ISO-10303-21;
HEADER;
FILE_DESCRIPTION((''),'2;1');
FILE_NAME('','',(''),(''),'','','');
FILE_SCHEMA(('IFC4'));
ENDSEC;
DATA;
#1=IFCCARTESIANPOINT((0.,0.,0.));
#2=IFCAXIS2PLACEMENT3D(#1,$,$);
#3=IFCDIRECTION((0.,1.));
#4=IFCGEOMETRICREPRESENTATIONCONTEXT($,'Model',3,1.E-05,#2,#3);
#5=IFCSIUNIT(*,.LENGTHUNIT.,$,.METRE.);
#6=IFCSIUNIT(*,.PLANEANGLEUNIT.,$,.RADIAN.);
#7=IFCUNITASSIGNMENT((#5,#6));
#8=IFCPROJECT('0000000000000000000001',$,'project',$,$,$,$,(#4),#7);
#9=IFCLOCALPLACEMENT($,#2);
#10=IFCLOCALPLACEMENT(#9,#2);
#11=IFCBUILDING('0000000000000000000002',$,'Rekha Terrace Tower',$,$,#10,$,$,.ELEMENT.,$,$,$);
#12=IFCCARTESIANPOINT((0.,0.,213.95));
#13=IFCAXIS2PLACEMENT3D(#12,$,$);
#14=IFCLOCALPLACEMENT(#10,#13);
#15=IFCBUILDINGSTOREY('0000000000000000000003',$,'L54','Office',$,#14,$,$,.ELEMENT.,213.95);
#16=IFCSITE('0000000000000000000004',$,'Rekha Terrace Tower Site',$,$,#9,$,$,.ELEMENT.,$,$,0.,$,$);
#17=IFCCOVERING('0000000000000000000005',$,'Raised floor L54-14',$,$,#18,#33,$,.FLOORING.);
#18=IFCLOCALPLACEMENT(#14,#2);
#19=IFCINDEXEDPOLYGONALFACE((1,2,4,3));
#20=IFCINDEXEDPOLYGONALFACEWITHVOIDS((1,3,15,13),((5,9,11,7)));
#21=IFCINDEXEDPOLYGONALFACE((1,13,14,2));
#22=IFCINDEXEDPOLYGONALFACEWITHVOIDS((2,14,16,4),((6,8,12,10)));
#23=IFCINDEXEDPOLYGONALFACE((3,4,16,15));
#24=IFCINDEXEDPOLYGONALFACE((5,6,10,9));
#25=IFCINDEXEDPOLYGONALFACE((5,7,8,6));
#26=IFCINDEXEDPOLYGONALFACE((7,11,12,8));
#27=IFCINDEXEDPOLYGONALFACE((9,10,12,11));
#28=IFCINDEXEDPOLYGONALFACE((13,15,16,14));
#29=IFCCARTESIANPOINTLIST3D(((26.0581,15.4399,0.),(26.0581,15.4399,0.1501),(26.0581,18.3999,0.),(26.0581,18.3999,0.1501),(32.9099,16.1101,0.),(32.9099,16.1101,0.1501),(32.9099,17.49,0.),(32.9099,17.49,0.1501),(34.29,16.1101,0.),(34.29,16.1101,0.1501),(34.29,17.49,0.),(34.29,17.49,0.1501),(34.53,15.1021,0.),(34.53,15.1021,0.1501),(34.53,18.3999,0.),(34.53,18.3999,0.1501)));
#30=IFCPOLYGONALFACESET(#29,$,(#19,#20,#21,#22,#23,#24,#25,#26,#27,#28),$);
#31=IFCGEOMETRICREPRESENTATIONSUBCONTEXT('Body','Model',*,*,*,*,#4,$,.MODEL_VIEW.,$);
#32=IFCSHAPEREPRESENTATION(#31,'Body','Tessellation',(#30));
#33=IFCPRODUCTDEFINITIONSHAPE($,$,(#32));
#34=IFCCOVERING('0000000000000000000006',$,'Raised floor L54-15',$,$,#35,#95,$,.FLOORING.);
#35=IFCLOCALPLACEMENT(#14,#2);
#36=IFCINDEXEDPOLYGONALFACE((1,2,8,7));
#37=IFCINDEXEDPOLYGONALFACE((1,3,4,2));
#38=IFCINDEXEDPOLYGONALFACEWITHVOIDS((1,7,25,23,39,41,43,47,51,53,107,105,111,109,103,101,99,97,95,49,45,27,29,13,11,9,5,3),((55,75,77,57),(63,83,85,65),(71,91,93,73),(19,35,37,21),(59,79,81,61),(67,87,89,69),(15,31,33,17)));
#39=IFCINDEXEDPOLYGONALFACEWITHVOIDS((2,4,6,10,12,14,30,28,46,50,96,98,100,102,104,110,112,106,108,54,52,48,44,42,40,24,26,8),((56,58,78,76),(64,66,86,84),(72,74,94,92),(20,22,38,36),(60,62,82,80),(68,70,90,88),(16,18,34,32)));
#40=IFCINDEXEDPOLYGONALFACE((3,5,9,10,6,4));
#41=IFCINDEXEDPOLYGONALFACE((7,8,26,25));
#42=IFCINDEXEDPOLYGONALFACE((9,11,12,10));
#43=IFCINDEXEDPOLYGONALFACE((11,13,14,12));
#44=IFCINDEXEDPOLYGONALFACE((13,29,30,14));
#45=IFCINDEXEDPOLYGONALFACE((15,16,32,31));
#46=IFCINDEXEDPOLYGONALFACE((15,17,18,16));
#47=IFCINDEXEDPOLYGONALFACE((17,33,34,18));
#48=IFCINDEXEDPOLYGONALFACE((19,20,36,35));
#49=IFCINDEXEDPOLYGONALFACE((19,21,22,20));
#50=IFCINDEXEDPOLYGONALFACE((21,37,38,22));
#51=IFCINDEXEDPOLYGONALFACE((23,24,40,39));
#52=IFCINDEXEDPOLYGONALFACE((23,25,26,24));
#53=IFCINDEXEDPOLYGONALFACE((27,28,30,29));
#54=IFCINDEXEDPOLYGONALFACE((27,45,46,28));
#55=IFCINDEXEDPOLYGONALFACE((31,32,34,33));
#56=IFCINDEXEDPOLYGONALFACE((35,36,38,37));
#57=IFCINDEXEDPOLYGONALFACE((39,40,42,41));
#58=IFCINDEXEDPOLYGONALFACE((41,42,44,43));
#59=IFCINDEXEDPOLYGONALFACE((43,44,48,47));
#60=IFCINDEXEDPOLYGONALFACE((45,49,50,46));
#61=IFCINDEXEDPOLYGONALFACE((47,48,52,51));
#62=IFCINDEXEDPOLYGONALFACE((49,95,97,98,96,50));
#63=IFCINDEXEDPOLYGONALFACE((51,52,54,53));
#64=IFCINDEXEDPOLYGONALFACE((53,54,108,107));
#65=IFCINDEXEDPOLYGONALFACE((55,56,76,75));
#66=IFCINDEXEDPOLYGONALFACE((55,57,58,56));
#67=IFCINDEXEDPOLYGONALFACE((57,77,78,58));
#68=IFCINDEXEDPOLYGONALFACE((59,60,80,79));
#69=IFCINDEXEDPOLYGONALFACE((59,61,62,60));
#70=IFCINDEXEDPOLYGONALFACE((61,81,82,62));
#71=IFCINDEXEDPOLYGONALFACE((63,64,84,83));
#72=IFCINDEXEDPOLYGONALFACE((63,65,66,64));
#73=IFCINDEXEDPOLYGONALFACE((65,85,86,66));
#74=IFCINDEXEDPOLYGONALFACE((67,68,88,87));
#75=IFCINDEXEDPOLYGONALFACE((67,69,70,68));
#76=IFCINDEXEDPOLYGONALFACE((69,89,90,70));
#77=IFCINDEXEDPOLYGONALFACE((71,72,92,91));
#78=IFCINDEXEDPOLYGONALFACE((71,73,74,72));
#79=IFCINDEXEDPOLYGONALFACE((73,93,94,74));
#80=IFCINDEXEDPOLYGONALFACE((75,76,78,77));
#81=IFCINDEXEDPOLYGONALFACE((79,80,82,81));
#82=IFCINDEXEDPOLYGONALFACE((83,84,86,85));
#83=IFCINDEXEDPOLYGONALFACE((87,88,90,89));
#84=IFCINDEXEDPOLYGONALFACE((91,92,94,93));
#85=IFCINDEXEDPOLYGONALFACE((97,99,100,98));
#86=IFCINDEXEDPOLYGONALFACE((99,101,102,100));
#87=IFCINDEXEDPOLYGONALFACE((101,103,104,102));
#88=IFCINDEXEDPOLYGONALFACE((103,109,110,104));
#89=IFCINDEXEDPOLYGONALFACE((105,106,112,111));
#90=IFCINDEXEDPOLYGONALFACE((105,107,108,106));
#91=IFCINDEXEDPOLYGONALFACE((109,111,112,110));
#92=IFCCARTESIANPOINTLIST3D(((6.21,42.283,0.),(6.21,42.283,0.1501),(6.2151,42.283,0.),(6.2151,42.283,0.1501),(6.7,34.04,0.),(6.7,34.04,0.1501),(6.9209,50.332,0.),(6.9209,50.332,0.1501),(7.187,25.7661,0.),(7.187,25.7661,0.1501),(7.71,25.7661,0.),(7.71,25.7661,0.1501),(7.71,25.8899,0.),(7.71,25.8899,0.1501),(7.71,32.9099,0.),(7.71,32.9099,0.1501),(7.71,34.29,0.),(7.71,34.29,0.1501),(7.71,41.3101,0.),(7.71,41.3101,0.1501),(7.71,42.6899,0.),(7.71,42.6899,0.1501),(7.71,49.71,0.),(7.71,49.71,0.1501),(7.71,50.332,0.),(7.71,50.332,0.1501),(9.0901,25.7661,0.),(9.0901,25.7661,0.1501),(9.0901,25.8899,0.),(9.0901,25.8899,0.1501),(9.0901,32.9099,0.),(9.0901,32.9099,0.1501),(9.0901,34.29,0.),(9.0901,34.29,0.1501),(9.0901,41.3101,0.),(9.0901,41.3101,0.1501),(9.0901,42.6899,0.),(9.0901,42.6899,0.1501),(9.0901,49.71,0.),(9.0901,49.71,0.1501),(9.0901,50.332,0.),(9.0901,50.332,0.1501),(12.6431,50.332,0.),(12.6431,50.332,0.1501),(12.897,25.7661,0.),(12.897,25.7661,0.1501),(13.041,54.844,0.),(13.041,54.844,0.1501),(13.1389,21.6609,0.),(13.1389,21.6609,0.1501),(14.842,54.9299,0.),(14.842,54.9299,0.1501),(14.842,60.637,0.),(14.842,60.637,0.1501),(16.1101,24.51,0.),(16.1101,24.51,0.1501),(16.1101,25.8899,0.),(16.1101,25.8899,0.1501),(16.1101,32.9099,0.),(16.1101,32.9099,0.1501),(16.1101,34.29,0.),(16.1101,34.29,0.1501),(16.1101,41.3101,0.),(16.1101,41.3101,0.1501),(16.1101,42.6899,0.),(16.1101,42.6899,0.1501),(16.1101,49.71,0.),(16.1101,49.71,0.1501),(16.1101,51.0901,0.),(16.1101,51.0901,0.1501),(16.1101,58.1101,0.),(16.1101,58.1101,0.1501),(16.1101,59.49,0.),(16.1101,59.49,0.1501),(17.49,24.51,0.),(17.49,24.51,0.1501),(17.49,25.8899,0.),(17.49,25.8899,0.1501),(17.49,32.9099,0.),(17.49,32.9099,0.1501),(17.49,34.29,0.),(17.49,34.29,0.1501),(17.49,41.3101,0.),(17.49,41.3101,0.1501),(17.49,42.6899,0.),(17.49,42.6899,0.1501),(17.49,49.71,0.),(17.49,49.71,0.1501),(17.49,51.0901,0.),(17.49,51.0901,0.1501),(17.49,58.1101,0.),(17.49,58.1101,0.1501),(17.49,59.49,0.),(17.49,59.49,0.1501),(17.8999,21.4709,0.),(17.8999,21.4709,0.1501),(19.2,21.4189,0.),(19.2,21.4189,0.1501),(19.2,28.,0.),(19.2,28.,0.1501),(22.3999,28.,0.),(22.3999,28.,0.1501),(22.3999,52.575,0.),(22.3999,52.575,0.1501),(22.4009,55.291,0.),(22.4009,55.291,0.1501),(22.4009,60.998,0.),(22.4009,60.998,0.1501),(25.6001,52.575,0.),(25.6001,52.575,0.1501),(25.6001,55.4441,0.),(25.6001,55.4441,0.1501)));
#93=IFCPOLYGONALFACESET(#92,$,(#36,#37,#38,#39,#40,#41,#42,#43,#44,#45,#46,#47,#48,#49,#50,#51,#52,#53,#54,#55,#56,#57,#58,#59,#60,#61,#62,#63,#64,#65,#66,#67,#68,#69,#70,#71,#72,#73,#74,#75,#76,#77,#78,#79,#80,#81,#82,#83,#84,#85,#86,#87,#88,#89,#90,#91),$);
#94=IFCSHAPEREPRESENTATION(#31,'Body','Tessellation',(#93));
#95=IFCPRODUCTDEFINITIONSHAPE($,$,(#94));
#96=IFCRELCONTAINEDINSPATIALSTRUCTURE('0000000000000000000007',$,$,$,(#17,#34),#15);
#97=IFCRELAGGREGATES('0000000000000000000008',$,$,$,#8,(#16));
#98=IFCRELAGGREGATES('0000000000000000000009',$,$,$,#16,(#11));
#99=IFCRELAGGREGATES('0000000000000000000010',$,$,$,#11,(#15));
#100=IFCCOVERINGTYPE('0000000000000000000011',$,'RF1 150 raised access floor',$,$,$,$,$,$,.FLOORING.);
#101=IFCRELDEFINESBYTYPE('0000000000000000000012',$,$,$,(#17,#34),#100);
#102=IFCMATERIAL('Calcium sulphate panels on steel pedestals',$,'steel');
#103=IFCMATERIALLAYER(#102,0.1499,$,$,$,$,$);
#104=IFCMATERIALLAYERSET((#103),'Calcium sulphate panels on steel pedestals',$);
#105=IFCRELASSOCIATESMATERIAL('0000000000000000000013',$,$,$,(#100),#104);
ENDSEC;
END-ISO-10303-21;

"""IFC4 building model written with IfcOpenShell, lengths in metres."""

from ifc_helpers import new_model, si_unit, direction, frame, origin, place, context, subcontext, project, spatial, polyline, outline, extrude, material, layer, layer_set, type_object, element, save


model = new_model("IFC4")

# Units and contexts
model_context = context("Model", 3, precision=1e-05, world=origin(), true_north=direction((0.0, 1.0)))
body_context = subcontext(model_context, "Body", "Model", "MODEL_VIEW")
ifc_project = project(units=[si_unit("LENGTHUNIT", "METRE"), si_unit("PLANEANGLEUNIT", "RADIAN")], contexts=[model_context])

# Site, building, storey
site_placement = place(None, origin())
site = spatial("IfcSite", under=ifc_project, at=site_placement, Name="Rekha Terrace Tower Site", CompositionType="ELEMENT", RefElevation=0.0)
building_placement = place(site_placement, origin())
building = spatial("IfcBuilding", under=site, at=building_placement, Name="Rekha Terrace Tower", CompositionType="ELEMENT")
storey_placement = place(building_placement, frame((0.0, 0.0, 213.95)))
storey = spatial("IfcBuildingStorey", under=building, at=storey_placement, Name="L54", Description="Office", CompositionType="ELEMENT", Elevation=213.95)

# Coverings
ifc_material_1 = material(Name="Calcium sulphate panels on steel pedestals", Category="steel")
ifc_layer_1 = layer(ifc_material_1, 0.1499)
ifc_layer_set_1 = layer_set([ifc_layer_1], Name="Calcium sulphate panels on steel pedestals")
covering_type_1 = type_object("IfcCoveringType", Name="RF1 150 raised access floor", PredefinedType="FLOORING", material=ifc_layer_set_1)
covering_1_placement = place(storey_placement, origin())
element("IfcCovering", 1, at=covering_1_placement, inside=storey, type_object=covering_type_1, Name="Raised floor L54-14", PredefinedType="FLOORING", context=body_context, shape_type="SweptSolid", body=[
    extrude(outline(polyline([(26.0581, 18.3999), (26.0581, 15.4399), (34.53, 15.1021), (34.53, 18.3999), (26.0581, 18.3999)]), holes=[polyline([(34.29, 16.1101), (32.9099, 16.1101), (32.9099, 17.49), (34.29, 17.49), (34.29, 16.1101)])]), origin(), (0.0, 0.0, 1.0), 0.1501),
])
covering_2_placement = place(storey_placement, origin())
element("IfcCovering", 2, at=covering_2_placement, inside=storey, type_object=covering_type_1, Name="Raised floor L54-15", PredefinedType="FLOORING", context=body_context, shape_type="SweptSolid", body=[
    extrude(outline(polyline([(6.9209, 50.332), (6.21, 42.283), (6.2151, 42.283), (6.7, 34.04), (7.187, 25.7661), (7.71, 25.7661), (7.71, 25.8899), (9.0901, 25.8899), (9.0901, 25.7661), (12.897, 25.7661), (13.1389, 21.6609), (17.8999, 21.4709), (19.2, 21.4189), (19.2, 28.0), (22.3999, 28.0), (22.3999, 52.575), (25.6001, 52.575), (25.6001, 55.4441), (22.4009, 55.291), (22.4009, 60.998), (14.842, 60.637), (14.842, 54.9299), (13.041, 54.844), (12.6431, 50.332), (9.0901, 50.332), (9.0901, 49.71), (7.71, 49.71), (7.71, 50.332), (6.9209, 50.332)]), holes=[polyline([(17.49, 24.51), (16.1101, 24.51), (16.1101, 25.8899), (17.49, 25.8899), (17.49, 24.51)]), polyline([(17.49, 32.9099), (16.1101, 32.9099), (16.1101, 34.29), (17.49, 34.29), (17.49, 32.9099)]), polyline([(17.49, 42.6899), (17.49, 41.3101), (16.1101, 41.3101), (16.1101, 42.6899), (17.49, 42.6899)]), polyline([(17.49, 51.0901), (17.49, 49.71), (16.1101, 49.71), (16.1101, 51.0901), (17.49, 51.0901)]), polyline([(17.49, 59.49), (17.49, 58.1101), (16.1101, 58.1101), (16.1101, 59.49), (17.49, 59.49)]), polyline([(9.0901, 34.29), (9.0901, 32.9099), (7.71, 32.9099), (7.71, 34.29), (9.0901, 34.29)]), polyline([(9.0901, 41.3101), (7.71, 41.3101), (7.71, 42.6899), (9.0901, 42.6899), (9.0901, 41.3101)])]), origin(), (0.0, 0.0, 1.0), 0.1501),
])

save(model, "model.ifc")
